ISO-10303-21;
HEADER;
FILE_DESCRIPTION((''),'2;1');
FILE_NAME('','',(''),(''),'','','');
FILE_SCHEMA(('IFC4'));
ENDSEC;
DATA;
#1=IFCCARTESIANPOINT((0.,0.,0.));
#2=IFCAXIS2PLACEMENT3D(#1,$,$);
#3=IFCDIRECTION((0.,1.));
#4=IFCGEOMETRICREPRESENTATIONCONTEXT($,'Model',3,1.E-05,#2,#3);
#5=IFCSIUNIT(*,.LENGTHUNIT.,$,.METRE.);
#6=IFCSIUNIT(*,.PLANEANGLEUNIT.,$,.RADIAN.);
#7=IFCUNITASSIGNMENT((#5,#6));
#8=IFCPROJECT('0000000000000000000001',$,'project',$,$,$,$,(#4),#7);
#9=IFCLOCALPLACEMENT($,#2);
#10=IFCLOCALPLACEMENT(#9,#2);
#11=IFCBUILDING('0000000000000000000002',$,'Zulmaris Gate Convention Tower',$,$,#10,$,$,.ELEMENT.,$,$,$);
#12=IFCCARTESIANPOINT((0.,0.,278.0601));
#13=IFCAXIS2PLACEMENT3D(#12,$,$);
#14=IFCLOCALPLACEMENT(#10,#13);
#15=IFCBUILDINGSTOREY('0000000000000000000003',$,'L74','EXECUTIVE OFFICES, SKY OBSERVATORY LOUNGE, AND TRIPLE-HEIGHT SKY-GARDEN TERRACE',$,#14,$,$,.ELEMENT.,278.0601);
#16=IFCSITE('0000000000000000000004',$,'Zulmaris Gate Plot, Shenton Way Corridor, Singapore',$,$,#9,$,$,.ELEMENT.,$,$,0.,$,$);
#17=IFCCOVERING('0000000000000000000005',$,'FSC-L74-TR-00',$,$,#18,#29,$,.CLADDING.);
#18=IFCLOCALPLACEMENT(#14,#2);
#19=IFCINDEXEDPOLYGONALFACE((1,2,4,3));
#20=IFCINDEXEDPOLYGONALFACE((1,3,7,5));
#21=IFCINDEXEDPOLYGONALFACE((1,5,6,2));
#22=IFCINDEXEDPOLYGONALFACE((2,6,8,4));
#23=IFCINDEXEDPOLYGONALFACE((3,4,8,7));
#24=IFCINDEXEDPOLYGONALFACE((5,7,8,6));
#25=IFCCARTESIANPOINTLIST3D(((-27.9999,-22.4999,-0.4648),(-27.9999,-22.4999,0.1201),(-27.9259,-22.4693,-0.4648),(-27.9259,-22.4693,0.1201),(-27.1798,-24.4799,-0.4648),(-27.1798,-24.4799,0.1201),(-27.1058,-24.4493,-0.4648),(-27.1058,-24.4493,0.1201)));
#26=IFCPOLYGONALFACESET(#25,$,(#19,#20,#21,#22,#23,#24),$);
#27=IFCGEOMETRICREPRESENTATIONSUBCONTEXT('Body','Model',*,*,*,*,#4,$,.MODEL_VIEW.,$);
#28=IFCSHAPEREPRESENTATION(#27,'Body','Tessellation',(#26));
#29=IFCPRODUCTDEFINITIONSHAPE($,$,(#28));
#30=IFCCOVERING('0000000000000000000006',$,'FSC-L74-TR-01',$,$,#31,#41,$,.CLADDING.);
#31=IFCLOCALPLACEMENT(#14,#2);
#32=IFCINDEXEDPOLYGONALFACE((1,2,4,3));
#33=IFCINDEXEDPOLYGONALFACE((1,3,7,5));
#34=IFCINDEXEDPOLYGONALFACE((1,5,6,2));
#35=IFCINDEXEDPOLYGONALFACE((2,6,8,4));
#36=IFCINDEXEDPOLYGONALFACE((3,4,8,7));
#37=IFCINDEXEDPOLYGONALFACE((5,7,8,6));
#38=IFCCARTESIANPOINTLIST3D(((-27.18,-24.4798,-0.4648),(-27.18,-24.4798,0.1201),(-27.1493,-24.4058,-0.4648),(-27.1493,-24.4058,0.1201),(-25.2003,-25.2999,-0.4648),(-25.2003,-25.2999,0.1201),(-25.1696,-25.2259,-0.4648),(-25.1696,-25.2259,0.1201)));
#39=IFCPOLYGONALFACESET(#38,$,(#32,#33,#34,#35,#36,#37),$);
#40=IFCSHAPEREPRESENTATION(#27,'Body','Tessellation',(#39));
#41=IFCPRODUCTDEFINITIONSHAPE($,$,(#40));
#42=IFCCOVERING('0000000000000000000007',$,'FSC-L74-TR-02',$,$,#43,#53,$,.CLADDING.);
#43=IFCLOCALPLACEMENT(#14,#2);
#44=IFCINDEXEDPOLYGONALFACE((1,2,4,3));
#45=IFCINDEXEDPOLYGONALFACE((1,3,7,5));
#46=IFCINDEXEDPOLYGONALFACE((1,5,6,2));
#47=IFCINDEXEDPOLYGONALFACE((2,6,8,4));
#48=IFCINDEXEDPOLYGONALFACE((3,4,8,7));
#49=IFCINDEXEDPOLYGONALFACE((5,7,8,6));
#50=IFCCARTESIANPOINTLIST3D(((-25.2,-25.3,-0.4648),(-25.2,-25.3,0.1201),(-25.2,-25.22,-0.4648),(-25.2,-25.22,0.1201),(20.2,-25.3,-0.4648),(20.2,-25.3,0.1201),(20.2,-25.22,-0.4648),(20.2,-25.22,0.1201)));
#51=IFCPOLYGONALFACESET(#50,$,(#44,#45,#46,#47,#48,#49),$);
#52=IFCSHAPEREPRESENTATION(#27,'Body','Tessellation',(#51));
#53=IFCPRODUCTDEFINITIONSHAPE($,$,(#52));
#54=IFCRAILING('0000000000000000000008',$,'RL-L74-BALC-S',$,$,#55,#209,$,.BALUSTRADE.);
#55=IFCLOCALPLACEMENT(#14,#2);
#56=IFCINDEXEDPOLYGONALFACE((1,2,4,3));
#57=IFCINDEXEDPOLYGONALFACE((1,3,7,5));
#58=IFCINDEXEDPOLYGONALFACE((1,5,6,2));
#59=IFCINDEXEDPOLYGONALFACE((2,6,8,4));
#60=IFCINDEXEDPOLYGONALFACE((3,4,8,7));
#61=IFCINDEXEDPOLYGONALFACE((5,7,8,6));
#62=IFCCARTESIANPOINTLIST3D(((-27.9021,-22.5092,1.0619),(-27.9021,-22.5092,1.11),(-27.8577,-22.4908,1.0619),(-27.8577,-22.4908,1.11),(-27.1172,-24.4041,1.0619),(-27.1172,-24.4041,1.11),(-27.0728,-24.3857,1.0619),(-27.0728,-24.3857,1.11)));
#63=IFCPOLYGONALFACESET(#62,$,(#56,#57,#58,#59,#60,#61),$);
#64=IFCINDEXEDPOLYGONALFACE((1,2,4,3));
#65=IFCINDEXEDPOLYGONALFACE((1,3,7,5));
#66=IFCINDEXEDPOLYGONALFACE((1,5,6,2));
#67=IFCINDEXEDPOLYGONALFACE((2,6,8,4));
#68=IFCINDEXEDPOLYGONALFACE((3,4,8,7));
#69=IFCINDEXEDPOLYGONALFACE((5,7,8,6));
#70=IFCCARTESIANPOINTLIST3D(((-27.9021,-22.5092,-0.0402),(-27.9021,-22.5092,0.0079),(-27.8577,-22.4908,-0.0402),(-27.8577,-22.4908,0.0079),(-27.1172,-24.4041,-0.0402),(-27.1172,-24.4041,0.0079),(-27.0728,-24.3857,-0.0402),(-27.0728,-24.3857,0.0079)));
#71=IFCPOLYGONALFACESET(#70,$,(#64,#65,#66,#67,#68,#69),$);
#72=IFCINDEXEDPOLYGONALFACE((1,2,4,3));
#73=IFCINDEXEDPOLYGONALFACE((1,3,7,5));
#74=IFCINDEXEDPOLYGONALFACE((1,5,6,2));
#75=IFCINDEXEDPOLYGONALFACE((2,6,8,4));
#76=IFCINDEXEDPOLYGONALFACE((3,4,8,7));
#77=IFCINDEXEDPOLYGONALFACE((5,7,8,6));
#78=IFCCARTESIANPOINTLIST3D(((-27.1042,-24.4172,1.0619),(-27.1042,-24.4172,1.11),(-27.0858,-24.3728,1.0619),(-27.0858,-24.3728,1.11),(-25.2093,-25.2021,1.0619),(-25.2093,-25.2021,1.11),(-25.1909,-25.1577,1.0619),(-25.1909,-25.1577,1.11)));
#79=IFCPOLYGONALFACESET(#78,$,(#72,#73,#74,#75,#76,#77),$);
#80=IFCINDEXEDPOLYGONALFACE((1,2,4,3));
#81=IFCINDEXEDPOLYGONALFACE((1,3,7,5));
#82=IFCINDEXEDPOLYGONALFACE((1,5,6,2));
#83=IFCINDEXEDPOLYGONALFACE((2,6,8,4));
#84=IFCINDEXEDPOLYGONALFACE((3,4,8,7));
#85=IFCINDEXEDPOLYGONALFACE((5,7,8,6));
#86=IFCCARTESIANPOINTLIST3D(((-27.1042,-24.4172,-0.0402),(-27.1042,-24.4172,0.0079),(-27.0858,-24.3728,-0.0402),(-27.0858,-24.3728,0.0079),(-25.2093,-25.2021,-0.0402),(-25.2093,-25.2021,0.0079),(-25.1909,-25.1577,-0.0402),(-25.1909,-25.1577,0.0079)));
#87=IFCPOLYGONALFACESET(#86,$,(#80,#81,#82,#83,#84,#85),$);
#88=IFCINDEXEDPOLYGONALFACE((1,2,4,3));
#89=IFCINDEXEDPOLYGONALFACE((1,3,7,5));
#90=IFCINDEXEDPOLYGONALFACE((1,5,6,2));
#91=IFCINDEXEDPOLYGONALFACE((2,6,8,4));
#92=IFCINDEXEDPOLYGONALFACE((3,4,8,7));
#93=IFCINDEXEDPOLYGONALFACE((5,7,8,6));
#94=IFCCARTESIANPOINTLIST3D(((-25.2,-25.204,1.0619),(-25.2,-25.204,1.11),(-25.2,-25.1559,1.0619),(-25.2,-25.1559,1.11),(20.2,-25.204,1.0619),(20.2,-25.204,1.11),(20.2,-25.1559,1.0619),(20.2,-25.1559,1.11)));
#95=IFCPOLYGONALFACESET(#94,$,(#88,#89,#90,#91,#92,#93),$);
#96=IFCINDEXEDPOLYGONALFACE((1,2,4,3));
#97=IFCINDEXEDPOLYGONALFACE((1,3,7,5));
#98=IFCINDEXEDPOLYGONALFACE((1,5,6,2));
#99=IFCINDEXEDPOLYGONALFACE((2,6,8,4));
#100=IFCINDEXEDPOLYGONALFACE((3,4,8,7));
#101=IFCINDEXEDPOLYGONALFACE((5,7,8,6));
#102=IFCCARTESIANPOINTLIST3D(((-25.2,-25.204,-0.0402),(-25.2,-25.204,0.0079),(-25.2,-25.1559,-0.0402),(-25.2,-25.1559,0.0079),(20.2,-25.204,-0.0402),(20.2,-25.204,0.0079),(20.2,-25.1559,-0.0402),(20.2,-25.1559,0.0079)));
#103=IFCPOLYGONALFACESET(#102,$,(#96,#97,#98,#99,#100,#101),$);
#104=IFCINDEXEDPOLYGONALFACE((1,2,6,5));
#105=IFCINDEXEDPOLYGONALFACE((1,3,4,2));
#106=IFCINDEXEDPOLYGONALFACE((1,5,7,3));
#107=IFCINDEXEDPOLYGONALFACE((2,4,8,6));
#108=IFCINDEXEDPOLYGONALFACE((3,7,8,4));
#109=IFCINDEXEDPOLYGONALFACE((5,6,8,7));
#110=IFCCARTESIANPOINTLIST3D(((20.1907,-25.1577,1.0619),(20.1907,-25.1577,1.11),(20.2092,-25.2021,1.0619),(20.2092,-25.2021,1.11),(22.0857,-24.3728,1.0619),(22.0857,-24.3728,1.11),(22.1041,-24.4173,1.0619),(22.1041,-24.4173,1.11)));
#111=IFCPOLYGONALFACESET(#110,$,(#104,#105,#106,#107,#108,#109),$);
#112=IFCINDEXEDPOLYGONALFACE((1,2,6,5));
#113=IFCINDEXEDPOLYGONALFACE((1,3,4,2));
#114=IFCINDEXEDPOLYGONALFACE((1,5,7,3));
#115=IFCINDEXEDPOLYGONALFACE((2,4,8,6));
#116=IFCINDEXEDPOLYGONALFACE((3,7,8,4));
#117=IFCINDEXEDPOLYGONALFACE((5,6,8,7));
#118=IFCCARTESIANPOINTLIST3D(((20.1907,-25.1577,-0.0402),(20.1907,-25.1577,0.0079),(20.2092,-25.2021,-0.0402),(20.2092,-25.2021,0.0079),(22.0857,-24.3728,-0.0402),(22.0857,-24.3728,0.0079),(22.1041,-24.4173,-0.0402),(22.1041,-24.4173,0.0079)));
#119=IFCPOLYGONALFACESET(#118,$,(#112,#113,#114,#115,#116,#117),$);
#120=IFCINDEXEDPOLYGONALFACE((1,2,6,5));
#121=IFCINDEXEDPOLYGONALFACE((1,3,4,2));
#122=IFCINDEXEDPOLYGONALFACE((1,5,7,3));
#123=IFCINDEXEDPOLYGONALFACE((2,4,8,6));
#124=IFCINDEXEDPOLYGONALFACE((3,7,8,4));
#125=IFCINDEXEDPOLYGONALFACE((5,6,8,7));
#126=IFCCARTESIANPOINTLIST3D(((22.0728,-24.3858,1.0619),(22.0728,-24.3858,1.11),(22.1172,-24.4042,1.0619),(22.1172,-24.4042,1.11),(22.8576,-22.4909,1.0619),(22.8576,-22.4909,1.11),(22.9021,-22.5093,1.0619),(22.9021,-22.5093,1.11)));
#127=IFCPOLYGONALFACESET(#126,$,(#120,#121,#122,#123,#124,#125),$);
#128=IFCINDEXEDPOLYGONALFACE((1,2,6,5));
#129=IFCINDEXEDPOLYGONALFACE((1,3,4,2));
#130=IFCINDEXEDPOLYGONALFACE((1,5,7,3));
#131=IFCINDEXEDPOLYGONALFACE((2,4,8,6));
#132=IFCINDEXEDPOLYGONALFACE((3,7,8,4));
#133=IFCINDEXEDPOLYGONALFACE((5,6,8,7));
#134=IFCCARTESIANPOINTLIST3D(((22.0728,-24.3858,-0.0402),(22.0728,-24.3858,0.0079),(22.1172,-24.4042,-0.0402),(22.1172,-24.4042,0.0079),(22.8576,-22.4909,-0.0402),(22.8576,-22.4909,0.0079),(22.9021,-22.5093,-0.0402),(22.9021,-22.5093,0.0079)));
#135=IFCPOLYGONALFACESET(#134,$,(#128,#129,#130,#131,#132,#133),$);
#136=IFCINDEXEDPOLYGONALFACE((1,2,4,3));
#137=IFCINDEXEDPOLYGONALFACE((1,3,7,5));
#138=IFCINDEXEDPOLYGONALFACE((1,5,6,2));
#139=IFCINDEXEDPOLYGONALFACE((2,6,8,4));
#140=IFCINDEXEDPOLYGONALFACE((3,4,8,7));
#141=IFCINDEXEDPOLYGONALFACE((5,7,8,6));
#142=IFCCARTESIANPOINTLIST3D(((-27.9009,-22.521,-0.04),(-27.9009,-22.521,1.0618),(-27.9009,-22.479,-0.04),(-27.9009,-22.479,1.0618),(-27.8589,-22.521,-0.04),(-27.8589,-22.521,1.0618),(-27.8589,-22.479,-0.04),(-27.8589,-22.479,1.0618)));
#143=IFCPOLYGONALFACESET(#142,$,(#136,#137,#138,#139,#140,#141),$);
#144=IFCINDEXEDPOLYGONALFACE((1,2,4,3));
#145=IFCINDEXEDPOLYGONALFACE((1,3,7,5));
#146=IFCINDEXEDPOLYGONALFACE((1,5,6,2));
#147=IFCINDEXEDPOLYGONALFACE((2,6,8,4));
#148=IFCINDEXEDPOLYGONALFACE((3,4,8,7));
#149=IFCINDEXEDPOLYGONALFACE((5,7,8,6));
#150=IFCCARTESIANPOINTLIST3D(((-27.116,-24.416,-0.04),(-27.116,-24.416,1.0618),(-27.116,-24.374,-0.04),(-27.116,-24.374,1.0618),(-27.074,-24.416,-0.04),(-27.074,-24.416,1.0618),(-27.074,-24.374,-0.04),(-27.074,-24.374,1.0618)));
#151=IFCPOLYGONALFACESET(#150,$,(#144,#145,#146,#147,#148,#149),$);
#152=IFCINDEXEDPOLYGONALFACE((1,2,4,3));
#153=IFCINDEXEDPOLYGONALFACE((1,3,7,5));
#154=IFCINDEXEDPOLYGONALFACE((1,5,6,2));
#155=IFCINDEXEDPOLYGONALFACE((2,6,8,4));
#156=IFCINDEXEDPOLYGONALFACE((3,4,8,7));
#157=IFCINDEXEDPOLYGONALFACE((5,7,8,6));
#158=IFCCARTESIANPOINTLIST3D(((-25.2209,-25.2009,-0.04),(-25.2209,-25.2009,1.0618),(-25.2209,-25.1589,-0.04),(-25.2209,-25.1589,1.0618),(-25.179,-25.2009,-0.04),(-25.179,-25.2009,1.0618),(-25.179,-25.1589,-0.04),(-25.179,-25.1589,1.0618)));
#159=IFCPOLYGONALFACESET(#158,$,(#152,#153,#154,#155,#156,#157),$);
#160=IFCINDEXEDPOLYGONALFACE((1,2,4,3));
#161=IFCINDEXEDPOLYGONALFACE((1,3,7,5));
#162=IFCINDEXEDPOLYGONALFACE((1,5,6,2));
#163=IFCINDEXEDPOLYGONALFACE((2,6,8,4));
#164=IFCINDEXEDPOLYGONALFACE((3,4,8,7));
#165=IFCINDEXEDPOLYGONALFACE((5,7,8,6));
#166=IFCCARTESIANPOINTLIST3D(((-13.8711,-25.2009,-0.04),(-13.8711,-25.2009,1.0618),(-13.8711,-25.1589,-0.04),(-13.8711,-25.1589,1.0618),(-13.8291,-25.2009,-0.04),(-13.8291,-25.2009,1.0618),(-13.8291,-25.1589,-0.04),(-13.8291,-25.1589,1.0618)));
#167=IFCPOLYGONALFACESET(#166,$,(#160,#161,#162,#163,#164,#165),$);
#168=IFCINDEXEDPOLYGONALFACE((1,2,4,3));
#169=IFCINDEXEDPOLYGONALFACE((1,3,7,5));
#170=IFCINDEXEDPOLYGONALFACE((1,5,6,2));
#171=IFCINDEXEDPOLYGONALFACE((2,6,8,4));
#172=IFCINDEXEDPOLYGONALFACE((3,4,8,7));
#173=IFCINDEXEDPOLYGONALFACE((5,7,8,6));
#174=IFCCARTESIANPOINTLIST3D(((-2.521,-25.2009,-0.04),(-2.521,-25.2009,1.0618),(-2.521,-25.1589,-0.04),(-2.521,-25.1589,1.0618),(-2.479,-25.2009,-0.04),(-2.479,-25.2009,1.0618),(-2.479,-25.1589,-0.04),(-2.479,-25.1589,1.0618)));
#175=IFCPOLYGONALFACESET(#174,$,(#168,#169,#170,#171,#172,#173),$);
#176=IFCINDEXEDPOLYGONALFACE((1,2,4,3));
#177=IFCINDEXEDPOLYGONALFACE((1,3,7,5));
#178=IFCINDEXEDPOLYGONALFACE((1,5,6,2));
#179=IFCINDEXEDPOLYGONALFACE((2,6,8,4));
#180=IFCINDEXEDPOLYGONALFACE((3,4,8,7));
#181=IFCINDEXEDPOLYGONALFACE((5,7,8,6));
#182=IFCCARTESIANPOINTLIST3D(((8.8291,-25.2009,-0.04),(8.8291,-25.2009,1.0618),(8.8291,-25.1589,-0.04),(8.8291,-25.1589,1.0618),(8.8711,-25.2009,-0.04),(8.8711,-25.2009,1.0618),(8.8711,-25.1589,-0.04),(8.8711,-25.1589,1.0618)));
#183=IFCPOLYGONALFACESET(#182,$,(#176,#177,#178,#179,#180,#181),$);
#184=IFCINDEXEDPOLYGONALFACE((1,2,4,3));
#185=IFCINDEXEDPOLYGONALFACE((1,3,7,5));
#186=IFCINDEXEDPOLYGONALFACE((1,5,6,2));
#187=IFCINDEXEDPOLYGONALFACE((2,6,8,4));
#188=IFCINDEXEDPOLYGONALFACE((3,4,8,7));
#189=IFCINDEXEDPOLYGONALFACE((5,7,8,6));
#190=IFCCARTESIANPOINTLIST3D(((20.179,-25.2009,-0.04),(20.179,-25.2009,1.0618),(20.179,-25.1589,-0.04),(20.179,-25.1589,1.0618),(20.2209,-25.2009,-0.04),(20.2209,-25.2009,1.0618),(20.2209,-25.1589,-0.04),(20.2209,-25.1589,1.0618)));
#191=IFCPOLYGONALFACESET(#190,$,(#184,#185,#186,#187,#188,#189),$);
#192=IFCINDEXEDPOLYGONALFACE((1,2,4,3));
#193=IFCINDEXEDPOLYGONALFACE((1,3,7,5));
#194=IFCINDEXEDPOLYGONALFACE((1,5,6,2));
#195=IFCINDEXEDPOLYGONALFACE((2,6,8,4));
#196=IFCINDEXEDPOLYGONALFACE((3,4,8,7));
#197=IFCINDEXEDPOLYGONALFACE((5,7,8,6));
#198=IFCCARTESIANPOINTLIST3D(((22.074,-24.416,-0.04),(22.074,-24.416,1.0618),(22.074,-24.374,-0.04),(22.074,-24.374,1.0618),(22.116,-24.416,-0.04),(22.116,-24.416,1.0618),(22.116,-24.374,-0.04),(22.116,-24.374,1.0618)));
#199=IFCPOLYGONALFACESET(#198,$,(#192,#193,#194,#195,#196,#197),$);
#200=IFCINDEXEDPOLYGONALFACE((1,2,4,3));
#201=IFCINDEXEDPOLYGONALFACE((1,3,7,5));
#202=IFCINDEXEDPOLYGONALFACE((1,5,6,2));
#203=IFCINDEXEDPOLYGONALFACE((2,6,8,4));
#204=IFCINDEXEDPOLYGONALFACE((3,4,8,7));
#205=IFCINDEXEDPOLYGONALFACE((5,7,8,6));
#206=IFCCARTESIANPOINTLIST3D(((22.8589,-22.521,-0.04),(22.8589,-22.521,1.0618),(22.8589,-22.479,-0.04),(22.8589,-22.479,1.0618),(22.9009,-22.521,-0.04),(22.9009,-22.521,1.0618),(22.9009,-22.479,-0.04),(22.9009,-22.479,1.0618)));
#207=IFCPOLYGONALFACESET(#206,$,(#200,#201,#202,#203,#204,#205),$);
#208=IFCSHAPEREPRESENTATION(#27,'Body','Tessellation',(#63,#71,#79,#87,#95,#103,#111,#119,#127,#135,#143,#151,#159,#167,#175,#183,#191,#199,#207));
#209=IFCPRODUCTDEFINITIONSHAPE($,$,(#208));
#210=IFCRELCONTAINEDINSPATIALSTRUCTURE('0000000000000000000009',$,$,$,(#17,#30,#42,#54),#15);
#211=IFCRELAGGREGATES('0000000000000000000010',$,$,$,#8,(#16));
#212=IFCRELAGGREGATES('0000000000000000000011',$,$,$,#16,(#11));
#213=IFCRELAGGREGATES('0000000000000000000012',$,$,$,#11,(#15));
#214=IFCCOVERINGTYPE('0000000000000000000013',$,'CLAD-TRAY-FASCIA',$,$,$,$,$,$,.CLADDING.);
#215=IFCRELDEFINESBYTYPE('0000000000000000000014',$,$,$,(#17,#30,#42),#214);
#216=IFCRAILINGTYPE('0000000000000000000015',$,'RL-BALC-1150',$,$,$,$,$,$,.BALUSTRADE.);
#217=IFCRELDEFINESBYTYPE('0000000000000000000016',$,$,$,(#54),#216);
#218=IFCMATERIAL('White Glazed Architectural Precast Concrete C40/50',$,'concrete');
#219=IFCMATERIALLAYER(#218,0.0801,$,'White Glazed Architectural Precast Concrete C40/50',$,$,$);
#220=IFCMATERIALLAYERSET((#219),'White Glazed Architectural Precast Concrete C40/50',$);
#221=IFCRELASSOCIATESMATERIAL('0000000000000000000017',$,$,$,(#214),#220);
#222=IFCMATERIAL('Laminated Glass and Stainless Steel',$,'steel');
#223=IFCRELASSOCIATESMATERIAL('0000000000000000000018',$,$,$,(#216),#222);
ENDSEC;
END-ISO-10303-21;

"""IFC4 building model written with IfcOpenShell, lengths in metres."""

from ifc_helpers import new_model, si_unit, direction, frame, frame_2d, origin, origin_2d, place, context, subcontext, project, spatial, rectangle, extrude, material, layer, layer_set, type_object, element, save


model = new_model("IFC4")

# Units and contexts
model_context = context("Model", 3, precision=1e-05, world=origin(), true_north=direction((0.0, 1.0)))
body_context = subcontext(model_context, "Body", "Model", "MODEL_VIEW")
ifc_project = project(units=[si_unit("LENGTHUNIT", "METRE"), si_unit("PLANEANGLEUNIT", "RADIAN")], contexts=[model_context])

# Site, building, storey
site_placement = place(None, origin())
site = spatial("IfcSite", under=ifc_project, at=site_placement, Name="Zulmaris Gate Plot, Shenton Way Corridor, Singapore", CompositionType="ELEMENT", RefElevation=0.0)
building_placement = place(site_placement, origin())
building = spatial("IfcBuilding", under=site, at=building_placement, Name="Zulmaris Gate Convention Tower", CompositionType="ELEMENT")
storey_placement = place(building_placement, frame((0.0, 0.0, 278.0601)))
storey = spatial("IfcBuildingStorey", under=building, at=storey_placement, Name="L74", Description="EXECUTIVE OFFICES, SKY OBSERVATORY LOUNGE, AND TRIPLE-HEIGHT SKY-GARDEN TERRACE", CompositionType="ELEMENT", Elevation=278.0601)

# Coverings
ifc_material_1 = material(Name="White Glazed Architectural Precast Concrete C40/50", Category="concrete")
ifc_layer_1 = layer(ifc_material_1, 0.0801, Name="White Glazed Architectural Precast Concrete C40/50")
ifc_layer_set_1 = layer_set([ifc_layer_1], Name="White Glazed Architectural Precast Concrete C40/50")
covering_type_1 = type_object("IfcCoveringType", Name="CLAD-TRAY-FASCIA", PredefinedType="CLADDING", material=ifc_layer_set_1)
covering_1_placement = place(storey_placement, frame((-27.9629, -22.4846, -0.4648), z_axis=(0.0, 0.0, 1.0), x_axis=(0.382657, -0.92389, 0.0)))
element("IfcCovering", 1, at=covering_1_placement, inside=storey, type_object=covering_type_1, Name="FSC-L74-TR-00", PredefinedType="CLADDING", context=body_context, shape_type="SweptSolid", body=[
    extrude(rectangle(XDim=2.1431, YDim=0.0801, at=frame_2d((1.0715, 0.0))), origin(), (0.0, 0.0, 1.0), 0.585),
])
covering_2_placement = place(storey_placement, frame((-27.1646, -24.4429, -0.4648), z_axis=(0.0, 0.0, 1.0), x_axis=(0.923874, -0.382697, 0.0)))
element("IfcCovering", 2, at=covering_2_placement, inside=storey, type_object=covering_type_1, Name="FSC-L74-TR-01", PredefinedType="CLADDING", context=body_context, shape_type="SweptSolid", body=[
    extrude(rectangle(XDim=2.1428, YDim=0.0801, at=frame_2d((1.0713, 0.0))), origin(), (0.0, 0.0, 1.0), 0.585),
])
covering_3_placement = place(storey_placement, frame((-25.2, -25.26, -0.4648), z_axis=(0.0, 0.0, 1.0), x_axis=(1.0, 0.0, 0.0)))
element("IfcCovering", 3, at=covering_3_placement, inside=storey, type_object=covering_type_1, Name="FSC-L74-TR-02", PredefinedType="CLADDING", context=body_context, shape_type="SweptSolid", body=[
    extrude(rectangle(XDim=45.3999, YDim=0.0801, at=frame_2d((22.7, 0.0))), origin(), (0.0, 0.0, 1.0), 0.585),
])

# Railing
ifc_material_2 = material(Name="Laminated Glass and Stainless Steel", Category="steel")
railing_type = type_object("IfcRailingType", Name="RL-BALC-1150", PredefinedType="BALUSTRADE", material=ifc_material_2)
railing_placement = place(storey_placement, frame((-27.8799, -22.5, -0.04)))
element("IfcRailing", 4, at=railing_placement, inside=storey, type_object=railing_type, Name="RL-L74-BALC-S", PredefinedType="BALUSTRADE", context=body_context, shape_type="SweptSolid", body=[
    extrude(rectangle(XDim=0.0481, YDim=0.0481, at=origin_2d()), frame((0.0, 0.0, 1.126), z_axis=(0.382671, -0.923885, 0.0), x_axis=(0.923885, 0.382671, 0.0)), (0.0, 0.0, 1.0), 2.051),
    extrude(rectangle(XDim=0.0481, YDim=0.0481, at=origin_2d()), frame((0.0, 0.0, 0.0239), z_axis=(0.382671, -0.923885, 0.0), x_axis=(0.923885, 0.382671, 0.0)), (0.0, 0.0, 1.0), 2.051),
    extrude(rectangle(XDim=0.0481, YDim=0.0481, at=origin_2d()), frame((0.7849, -1.895, 1.126), z_axis=(0.923885, -0.382671, 0.0), x_axis=(0.382671, 0.923885, 0.0)), (0.0, 0.0, 1.0), 2.051),
    extrude(rectangle(XDim=0.0481, YDim=0.0481, at=origin_2d()), frame((0.7849, -1.895, 0.0239), z_axis=(0.923885, -0.382671, 0.0), x_axis=(0.382671, 0.923885, 0.0)), (0.0, 0.0, 1.0), 2.051),
    extrude(rectangle(XDim=0.0481, YDim=0.0481, at=origin_2d()), frame((2.6799, -2.6799, 1.126), z_axis=(1.0, 0.0, 0.0), x_axis=(0.0, 1.0, 0.0)), (0.0, 0.0, 1.0), 45.3999),
    extrude(rectangle(XDim=0.0481, YDim=0.0481, at=origin_2d()), frame((2.6799, -2.6799, 0.0239), z_axis=(1.0, 0.0, 0.0), x_axis=(0.0, 1.0, 0.0)), (0.0, 0.0, 1.0), 45.3999),
    extrude(rectangle(XDim=0.0481, YDim=0.0481, at=origin_2d()), frame((48.0798, -2.6799, 1.126), z_axis=(0.923885, 0.382671, 0.0), x_axis=(-0.382671, 0.923885, 0.0)), (0.0, 0.0, 1.0), 2.051),
    extrude(rectangle(XDim=0.0481, YDim=0.0481, at=origin_2d()), frame((48.0798, -2.6799, 0.0239), z_axis=(0.923885, 0.382671, 0.0), x_axis=(-0.382671, 0.923885, 0.0)), (0.0, 0.0, 1.0), 2.051),
    extrude(rectangle(XDim=0.0481, YDim=0.0481, at=origin_2d()), frame((49.9749, -1.895, 1.126), z_axis=(0.382671, 0.923885, 0.0), x_axis=(-0.923885, 0.382671, 0.0)), (0.0, 0.0, 1.0), 2.051),
    extrude(rectangle(XDim=0.0481, YDim=0.0481, at=origin_2d()), frame((49.9749, -1.895, 0.0239), z_axis=(0.382671, 0.923885, 0.0), x_axis=(-0.923885, 0.382671, 0.0)), (0.0, 0.0, 1.0), 2.051),
    extrude(rectangle(XDim=0.042, YDim=0.042, at=origin_2d()), origin(), (0.0, 0.0, 1.0), 1.1018),
    extrude(rectangle(XDim=0.042, YDim=0.042, at=origin_2d()), frame((0.7849, -1.895, 0.0)), (0.0, 0.0, 1.0), 1.1018),
    extrude(rectangle(XDim=0.042, YDim=0.042, at=origin_2d()), frame((2.6799, -2.6799, 0.0)), (0.0, 0.0, 1.0), 1.1018),
    extrude(rectangle(XDim=0.042, YDim=0.042, at=origin_2d()), frame((14.0298, -2.6799, 0.0)), (0.0, 0.0, 1.0), 1.1018),
    extrude(rectangle(XDim=0.042, YDim=0.042, at=origin_2d()), frame((25.3799, -2.6799, 0.0)), (0.0, 0.0, 1.0), 1.1018),
    extrude(rectangle(XDim=0.042, YDim=0.042, at=origin_2d()), frame((36.73, -2.6799, 0.0)), (0.0, 0.0, 1.0), 1.1018),
    extrude(rectangle(XDim=0.042, YDim=0.042, at=origin_2d()), frame((48.0798, -2.6799, 0.0)), (0.0, 0.0, 1.0), 1.1018),
    extrude(rectangle(XDim=0.042, YDim=0.042, at=origin_2d()), frame((49.9749, -1.895, 0.0)), (0.0, 0.0, 1.0), 1.1018),
    extrude(rectangle(XDim=0.042, YDim=0.042, at=origin_2d()), frame((50.7598, 0.0, 0.0)), (0.0, 0.0, 1.0), 1.1018),
])

save(model, "model.ifc")
